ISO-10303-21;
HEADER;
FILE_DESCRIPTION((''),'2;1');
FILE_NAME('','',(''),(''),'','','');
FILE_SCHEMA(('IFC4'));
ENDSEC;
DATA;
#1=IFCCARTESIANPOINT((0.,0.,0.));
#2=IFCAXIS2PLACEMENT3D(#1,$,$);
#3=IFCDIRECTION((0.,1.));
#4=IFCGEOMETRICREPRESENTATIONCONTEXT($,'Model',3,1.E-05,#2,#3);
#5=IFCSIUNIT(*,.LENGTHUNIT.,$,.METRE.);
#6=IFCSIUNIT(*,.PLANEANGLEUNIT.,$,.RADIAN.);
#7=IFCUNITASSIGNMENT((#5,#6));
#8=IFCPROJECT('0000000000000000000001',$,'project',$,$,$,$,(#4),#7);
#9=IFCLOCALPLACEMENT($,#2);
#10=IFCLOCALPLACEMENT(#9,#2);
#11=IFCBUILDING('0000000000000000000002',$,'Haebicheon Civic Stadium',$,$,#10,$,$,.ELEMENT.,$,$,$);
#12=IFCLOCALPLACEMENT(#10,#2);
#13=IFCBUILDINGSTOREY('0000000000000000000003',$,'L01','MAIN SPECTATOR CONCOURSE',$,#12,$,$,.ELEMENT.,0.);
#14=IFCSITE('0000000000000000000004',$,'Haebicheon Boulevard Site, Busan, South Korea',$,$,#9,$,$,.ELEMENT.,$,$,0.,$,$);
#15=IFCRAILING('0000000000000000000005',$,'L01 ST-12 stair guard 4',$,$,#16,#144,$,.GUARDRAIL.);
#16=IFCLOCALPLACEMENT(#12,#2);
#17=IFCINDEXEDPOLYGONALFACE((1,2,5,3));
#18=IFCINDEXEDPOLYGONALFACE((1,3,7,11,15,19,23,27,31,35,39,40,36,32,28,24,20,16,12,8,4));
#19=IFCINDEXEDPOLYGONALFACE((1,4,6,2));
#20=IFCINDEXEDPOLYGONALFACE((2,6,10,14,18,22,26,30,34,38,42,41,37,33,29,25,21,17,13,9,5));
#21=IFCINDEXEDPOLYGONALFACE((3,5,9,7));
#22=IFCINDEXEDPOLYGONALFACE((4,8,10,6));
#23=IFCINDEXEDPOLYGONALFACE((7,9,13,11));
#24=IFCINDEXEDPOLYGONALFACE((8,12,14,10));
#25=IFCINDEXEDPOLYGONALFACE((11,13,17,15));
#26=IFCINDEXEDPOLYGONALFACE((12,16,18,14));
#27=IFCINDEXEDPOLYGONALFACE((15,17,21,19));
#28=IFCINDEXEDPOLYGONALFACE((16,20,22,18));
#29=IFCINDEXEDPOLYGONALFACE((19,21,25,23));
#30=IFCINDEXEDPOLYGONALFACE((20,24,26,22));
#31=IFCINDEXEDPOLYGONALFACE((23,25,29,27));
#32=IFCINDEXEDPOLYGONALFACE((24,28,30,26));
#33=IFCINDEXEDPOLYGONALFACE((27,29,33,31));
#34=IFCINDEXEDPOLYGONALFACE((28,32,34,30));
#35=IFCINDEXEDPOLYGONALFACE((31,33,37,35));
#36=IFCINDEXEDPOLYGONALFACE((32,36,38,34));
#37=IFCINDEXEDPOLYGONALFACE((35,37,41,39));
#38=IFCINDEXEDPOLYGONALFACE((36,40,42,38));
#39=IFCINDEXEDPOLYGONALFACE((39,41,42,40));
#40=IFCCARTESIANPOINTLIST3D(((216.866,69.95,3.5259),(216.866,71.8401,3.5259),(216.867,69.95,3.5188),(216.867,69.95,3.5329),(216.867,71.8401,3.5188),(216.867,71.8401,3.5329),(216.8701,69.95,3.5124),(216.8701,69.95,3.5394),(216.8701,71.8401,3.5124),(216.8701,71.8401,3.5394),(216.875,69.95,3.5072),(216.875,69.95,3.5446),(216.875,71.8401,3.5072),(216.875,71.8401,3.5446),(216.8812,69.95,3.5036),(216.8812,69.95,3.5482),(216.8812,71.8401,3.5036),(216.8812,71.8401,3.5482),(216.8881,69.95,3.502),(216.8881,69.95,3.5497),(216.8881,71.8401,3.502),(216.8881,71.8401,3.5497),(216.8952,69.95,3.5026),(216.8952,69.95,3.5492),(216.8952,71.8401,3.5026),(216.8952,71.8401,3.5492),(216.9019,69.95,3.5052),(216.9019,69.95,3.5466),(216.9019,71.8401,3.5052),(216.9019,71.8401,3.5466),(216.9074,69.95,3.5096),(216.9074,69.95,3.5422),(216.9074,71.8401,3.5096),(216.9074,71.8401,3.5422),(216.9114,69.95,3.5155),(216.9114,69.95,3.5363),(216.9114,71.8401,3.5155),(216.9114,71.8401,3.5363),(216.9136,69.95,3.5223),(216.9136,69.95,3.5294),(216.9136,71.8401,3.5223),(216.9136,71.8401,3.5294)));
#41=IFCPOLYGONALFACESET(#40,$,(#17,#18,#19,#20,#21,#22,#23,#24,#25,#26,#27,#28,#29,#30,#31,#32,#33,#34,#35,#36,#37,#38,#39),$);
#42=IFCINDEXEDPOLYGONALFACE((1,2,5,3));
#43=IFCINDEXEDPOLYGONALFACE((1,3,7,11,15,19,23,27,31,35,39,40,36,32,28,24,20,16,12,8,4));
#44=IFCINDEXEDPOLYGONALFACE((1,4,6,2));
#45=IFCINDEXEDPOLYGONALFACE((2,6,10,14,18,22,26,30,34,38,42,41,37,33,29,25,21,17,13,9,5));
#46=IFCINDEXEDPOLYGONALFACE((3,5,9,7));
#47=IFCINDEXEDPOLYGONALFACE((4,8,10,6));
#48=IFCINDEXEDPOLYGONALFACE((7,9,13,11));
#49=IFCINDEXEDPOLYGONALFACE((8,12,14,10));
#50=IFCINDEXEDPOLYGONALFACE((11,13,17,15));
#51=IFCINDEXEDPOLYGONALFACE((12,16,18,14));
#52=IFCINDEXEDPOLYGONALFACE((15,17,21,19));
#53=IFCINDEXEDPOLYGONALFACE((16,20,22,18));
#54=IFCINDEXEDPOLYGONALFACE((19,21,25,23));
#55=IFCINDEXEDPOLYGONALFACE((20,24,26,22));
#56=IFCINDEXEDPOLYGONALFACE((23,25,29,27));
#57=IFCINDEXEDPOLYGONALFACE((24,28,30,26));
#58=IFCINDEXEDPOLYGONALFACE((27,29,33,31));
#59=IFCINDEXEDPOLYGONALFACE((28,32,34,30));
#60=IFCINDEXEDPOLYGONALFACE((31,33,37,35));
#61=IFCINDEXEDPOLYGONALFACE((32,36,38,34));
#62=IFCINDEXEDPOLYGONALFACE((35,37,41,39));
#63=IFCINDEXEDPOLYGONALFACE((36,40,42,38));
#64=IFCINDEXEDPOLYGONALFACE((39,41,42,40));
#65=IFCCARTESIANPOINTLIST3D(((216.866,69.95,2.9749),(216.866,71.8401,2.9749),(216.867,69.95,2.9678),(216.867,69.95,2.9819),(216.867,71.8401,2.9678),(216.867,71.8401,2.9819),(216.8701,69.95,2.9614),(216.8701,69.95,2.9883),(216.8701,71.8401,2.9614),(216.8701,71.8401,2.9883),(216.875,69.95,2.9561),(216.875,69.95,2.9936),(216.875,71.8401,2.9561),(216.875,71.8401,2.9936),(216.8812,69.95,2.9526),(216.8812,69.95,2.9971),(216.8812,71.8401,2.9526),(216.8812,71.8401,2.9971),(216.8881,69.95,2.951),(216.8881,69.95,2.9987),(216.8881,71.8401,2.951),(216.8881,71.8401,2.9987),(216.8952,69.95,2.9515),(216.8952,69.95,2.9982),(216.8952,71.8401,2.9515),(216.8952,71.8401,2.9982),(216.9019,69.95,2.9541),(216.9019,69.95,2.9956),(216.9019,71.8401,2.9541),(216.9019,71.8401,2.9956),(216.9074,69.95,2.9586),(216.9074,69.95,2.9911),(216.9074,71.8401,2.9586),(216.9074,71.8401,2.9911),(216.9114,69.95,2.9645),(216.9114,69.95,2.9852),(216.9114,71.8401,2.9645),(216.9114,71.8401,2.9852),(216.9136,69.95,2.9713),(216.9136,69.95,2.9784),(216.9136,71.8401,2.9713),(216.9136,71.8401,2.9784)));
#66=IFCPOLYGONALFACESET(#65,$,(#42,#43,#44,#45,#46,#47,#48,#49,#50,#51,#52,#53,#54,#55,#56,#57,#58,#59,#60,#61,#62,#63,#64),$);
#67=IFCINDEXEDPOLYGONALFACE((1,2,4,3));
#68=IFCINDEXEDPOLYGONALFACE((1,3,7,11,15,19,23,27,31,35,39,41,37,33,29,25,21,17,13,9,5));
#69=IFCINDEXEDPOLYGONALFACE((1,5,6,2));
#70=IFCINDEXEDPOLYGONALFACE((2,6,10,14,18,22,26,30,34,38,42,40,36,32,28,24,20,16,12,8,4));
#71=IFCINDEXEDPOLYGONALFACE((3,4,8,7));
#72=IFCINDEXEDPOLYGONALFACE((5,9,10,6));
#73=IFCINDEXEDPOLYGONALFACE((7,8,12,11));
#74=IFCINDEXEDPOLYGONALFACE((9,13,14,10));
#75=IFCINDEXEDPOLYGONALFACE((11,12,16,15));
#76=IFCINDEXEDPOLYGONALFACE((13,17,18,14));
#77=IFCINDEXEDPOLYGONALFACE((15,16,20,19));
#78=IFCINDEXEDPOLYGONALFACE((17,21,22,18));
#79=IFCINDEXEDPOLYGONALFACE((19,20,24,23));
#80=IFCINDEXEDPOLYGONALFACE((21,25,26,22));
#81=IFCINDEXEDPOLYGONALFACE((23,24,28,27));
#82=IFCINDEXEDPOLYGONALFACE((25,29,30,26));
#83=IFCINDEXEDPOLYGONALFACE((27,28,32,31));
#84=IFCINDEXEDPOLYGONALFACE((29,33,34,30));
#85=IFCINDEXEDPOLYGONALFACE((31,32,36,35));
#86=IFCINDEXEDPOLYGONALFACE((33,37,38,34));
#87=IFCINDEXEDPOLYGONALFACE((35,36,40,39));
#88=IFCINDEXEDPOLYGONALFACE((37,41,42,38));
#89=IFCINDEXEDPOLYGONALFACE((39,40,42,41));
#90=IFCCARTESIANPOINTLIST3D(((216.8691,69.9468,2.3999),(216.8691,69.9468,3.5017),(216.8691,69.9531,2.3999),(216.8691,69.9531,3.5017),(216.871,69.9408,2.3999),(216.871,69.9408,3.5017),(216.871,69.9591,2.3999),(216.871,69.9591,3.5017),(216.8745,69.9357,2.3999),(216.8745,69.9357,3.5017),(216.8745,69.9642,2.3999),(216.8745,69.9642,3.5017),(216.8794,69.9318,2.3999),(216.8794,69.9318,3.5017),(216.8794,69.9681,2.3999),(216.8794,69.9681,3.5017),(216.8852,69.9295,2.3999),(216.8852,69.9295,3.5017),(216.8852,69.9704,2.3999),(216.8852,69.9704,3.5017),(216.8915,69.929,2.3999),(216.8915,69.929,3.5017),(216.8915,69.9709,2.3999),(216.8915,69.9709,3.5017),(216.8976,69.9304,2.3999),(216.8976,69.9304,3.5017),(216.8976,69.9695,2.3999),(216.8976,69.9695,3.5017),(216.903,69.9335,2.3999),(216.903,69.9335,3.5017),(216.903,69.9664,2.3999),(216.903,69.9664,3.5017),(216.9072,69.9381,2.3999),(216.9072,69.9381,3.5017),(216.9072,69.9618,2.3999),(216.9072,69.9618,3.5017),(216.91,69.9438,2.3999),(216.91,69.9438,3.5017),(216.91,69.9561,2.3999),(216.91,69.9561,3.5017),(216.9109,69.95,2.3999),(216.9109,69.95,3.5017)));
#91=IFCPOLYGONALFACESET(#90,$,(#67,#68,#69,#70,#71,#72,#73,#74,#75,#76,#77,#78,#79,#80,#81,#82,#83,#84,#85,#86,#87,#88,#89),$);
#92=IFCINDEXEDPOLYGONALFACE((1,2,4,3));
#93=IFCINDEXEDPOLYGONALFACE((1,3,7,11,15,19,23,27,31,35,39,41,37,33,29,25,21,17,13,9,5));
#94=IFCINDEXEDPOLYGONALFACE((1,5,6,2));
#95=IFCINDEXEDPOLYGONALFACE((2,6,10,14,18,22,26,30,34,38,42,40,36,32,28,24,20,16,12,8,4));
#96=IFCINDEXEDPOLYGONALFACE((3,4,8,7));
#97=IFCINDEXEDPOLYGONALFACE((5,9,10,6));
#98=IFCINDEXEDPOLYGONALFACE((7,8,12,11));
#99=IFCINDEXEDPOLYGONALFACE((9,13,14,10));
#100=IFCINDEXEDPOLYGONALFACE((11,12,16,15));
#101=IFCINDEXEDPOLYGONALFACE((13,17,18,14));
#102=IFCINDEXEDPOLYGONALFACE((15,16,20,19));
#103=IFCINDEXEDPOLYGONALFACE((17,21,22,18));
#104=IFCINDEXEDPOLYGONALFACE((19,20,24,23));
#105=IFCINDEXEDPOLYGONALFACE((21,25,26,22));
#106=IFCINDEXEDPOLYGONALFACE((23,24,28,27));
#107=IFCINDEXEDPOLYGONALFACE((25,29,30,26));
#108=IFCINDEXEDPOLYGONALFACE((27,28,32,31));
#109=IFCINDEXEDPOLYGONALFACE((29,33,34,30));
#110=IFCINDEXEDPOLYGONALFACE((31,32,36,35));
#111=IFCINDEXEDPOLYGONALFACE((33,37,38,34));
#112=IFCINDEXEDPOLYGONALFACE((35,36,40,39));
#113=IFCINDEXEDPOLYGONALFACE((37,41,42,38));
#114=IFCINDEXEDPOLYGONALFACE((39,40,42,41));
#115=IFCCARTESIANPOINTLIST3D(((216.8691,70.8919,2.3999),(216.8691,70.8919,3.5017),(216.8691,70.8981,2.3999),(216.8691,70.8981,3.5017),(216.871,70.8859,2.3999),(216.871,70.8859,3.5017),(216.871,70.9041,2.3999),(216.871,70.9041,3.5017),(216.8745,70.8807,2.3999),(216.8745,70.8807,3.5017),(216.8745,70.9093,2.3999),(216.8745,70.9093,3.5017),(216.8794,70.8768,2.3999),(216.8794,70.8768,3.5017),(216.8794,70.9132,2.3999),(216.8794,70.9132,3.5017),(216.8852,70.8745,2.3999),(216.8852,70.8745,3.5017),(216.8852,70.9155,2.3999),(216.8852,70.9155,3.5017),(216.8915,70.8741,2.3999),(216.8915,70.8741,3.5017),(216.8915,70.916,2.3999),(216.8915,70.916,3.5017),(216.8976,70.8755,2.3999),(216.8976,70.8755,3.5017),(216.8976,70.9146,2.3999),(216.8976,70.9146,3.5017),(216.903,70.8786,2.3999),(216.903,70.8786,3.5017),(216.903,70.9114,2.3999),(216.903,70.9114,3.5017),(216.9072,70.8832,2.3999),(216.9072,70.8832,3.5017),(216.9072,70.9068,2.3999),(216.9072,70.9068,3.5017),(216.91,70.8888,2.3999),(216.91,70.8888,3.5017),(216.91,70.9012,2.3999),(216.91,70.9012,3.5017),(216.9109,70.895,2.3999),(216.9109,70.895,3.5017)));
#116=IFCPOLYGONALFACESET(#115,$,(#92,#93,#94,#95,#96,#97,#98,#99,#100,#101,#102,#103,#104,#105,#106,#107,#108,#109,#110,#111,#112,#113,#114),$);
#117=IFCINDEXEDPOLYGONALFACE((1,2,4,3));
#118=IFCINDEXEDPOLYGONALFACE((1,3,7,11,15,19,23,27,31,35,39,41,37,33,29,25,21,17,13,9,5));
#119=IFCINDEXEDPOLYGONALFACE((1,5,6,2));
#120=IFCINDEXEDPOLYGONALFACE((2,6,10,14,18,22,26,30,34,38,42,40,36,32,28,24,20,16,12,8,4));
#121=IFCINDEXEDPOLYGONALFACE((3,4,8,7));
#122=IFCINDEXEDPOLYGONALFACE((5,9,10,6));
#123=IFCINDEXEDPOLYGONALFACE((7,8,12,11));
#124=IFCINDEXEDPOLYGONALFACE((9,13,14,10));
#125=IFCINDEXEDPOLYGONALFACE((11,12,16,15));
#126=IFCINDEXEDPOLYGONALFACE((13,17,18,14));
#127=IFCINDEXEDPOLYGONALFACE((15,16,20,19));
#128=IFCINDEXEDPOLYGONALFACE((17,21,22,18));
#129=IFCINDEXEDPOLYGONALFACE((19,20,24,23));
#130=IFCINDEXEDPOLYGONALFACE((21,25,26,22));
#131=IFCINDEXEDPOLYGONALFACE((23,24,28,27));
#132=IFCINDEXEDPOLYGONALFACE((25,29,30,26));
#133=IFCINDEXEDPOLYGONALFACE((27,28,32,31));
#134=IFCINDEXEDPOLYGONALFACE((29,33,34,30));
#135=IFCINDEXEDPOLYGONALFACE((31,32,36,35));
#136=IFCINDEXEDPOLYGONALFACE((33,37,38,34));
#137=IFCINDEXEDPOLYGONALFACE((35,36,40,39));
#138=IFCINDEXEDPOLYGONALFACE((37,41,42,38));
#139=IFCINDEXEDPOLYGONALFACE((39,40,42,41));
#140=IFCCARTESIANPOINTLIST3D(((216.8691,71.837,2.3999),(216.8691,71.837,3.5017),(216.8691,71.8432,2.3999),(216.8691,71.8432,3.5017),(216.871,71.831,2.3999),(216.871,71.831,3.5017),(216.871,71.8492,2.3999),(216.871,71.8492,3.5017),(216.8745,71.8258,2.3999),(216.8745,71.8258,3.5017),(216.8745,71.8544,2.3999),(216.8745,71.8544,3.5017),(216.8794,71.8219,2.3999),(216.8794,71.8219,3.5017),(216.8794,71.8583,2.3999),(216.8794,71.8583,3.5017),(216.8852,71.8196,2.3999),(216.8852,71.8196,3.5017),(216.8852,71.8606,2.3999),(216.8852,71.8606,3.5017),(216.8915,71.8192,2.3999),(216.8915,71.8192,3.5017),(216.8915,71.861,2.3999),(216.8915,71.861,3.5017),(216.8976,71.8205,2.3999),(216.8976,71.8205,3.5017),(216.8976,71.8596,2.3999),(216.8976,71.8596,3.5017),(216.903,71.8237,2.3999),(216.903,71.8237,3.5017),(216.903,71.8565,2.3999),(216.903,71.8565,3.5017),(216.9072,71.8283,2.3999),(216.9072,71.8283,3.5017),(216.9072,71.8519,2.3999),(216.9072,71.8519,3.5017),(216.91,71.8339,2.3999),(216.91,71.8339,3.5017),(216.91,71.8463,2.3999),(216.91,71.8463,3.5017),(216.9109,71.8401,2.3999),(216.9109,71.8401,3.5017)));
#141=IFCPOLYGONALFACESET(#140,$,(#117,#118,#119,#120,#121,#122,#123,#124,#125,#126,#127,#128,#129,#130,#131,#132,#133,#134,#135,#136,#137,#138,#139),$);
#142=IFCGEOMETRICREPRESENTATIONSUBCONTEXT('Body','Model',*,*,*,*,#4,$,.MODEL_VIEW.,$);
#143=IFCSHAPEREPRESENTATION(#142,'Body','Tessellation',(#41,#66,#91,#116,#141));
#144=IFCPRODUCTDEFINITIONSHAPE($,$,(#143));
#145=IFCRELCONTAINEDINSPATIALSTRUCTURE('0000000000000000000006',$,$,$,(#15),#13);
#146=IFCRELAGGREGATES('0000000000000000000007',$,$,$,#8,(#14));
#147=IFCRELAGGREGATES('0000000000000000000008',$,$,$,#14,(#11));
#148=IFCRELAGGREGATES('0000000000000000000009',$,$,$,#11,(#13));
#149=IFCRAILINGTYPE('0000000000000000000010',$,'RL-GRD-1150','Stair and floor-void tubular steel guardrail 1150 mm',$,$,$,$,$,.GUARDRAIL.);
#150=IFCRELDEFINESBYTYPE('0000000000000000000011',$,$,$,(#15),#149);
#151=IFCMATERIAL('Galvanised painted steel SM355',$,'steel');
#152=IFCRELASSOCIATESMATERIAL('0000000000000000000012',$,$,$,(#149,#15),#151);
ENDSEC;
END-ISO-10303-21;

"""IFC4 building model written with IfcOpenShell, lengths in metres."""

from ifc_helpers import new_model, si_unit, direction, frame, origin, origin_2d, place, context, subcontext, project, spatial, circle, extrude, material, type_object, element, save


model = new_model("IFC4")

# Units and contexts
model_context = context("Model", 3, precision=1e-05, world=origin(), true_north=direction((0.0, 1.0)))
body_context = subcontext(model_context, "Body", "Model", "MODEL_VIEW")
ifc_project = project(units=[si_unit("LENGTHUNIT", "METRE"), si_unit("PLANEANGLEUNIT", "RADIAN")], contexts=[model_context])

# Site, building, storey
site_placement = place(None, origin())
site = spatial("IfcSite", under=ifc_project, at=site_placement, Name="Haebicheon Boulevard Site, Busan, South Korea", CompositionType="ELEMENT", RefElevation=0.0)
building_placement = place(site_placement, origin())
building = spatial("IfcBuilding", under=site, at=building_placement, Name="Haebicheon Civic Stadium", CompositionType="ELEMENT")
storey_placement = place(building_placement, origin())
storey = spatial("IfcBuildingStorey", under=building, at=storey_placement, Name="L01", Description="MAIN SPECTATOR CONCOURSE", CompositionType="ELEMENT", Elevation=0.0)

# Railing
ifc_material_1 = material(Name="Galvanised painted steel SM355", Category="steel")
railing_type_1 = type_object("IfcRailingType", Name="RL-GRD-1150", Description="Stair and floor-void tubular steel guardrail 1150 mm", PredefinedType="GUARDRAIL", material=ifc_material_1)
railing_1_placement = place(storey_placement, frame((216.8899, 69.95, 2.3999)))
element("IfcRailing", 1, at=railing_1_placement, inside=storey, type_object=railing_type_1, material=ifc_material_1, Name="L01 ST-12 stair guard 4", PredefinedType="GUARDRAIL", context=body_context, shape_type="SweptSolid", body=[
    extrude(circle(Radius=0.0239, at=origin_2d()), frame((0.0, 0.0, 1.126), z_axis=(0.0, 1.0, 0.0), x_axis=(-1.0, 0.0, 0.0)), (0.0, 0.0, 1.0), 1.8901),
    extrude(circle(Radius=0.0239, at=origin_2d()), frame((0.0, 0.0, 0.575), z_axis=(0.0, 1.0, 0.0), x_axis=(-1.0, 0.0, 0.0)), (0.0, 0.0, 1.0), 1.8901),
    extrude(circle(Radius=0.021, at=origin_2d()), origin(), (0.0, 0.0, 1.0), 1.1018),
    extrude(circle(Radius=0.021, at=origin_2d()), frame((0.0, 0.9451, 0.0)), (0.0, 0.0, 1.0), 1.1018),
    extrude(circle(Radius=0.021, at=origin_2d()), frame((0.0, 1.8901, 0.0)), (0.0, 0.0, 1.0), 1.1018),
])

save(model, "model.ifc")
